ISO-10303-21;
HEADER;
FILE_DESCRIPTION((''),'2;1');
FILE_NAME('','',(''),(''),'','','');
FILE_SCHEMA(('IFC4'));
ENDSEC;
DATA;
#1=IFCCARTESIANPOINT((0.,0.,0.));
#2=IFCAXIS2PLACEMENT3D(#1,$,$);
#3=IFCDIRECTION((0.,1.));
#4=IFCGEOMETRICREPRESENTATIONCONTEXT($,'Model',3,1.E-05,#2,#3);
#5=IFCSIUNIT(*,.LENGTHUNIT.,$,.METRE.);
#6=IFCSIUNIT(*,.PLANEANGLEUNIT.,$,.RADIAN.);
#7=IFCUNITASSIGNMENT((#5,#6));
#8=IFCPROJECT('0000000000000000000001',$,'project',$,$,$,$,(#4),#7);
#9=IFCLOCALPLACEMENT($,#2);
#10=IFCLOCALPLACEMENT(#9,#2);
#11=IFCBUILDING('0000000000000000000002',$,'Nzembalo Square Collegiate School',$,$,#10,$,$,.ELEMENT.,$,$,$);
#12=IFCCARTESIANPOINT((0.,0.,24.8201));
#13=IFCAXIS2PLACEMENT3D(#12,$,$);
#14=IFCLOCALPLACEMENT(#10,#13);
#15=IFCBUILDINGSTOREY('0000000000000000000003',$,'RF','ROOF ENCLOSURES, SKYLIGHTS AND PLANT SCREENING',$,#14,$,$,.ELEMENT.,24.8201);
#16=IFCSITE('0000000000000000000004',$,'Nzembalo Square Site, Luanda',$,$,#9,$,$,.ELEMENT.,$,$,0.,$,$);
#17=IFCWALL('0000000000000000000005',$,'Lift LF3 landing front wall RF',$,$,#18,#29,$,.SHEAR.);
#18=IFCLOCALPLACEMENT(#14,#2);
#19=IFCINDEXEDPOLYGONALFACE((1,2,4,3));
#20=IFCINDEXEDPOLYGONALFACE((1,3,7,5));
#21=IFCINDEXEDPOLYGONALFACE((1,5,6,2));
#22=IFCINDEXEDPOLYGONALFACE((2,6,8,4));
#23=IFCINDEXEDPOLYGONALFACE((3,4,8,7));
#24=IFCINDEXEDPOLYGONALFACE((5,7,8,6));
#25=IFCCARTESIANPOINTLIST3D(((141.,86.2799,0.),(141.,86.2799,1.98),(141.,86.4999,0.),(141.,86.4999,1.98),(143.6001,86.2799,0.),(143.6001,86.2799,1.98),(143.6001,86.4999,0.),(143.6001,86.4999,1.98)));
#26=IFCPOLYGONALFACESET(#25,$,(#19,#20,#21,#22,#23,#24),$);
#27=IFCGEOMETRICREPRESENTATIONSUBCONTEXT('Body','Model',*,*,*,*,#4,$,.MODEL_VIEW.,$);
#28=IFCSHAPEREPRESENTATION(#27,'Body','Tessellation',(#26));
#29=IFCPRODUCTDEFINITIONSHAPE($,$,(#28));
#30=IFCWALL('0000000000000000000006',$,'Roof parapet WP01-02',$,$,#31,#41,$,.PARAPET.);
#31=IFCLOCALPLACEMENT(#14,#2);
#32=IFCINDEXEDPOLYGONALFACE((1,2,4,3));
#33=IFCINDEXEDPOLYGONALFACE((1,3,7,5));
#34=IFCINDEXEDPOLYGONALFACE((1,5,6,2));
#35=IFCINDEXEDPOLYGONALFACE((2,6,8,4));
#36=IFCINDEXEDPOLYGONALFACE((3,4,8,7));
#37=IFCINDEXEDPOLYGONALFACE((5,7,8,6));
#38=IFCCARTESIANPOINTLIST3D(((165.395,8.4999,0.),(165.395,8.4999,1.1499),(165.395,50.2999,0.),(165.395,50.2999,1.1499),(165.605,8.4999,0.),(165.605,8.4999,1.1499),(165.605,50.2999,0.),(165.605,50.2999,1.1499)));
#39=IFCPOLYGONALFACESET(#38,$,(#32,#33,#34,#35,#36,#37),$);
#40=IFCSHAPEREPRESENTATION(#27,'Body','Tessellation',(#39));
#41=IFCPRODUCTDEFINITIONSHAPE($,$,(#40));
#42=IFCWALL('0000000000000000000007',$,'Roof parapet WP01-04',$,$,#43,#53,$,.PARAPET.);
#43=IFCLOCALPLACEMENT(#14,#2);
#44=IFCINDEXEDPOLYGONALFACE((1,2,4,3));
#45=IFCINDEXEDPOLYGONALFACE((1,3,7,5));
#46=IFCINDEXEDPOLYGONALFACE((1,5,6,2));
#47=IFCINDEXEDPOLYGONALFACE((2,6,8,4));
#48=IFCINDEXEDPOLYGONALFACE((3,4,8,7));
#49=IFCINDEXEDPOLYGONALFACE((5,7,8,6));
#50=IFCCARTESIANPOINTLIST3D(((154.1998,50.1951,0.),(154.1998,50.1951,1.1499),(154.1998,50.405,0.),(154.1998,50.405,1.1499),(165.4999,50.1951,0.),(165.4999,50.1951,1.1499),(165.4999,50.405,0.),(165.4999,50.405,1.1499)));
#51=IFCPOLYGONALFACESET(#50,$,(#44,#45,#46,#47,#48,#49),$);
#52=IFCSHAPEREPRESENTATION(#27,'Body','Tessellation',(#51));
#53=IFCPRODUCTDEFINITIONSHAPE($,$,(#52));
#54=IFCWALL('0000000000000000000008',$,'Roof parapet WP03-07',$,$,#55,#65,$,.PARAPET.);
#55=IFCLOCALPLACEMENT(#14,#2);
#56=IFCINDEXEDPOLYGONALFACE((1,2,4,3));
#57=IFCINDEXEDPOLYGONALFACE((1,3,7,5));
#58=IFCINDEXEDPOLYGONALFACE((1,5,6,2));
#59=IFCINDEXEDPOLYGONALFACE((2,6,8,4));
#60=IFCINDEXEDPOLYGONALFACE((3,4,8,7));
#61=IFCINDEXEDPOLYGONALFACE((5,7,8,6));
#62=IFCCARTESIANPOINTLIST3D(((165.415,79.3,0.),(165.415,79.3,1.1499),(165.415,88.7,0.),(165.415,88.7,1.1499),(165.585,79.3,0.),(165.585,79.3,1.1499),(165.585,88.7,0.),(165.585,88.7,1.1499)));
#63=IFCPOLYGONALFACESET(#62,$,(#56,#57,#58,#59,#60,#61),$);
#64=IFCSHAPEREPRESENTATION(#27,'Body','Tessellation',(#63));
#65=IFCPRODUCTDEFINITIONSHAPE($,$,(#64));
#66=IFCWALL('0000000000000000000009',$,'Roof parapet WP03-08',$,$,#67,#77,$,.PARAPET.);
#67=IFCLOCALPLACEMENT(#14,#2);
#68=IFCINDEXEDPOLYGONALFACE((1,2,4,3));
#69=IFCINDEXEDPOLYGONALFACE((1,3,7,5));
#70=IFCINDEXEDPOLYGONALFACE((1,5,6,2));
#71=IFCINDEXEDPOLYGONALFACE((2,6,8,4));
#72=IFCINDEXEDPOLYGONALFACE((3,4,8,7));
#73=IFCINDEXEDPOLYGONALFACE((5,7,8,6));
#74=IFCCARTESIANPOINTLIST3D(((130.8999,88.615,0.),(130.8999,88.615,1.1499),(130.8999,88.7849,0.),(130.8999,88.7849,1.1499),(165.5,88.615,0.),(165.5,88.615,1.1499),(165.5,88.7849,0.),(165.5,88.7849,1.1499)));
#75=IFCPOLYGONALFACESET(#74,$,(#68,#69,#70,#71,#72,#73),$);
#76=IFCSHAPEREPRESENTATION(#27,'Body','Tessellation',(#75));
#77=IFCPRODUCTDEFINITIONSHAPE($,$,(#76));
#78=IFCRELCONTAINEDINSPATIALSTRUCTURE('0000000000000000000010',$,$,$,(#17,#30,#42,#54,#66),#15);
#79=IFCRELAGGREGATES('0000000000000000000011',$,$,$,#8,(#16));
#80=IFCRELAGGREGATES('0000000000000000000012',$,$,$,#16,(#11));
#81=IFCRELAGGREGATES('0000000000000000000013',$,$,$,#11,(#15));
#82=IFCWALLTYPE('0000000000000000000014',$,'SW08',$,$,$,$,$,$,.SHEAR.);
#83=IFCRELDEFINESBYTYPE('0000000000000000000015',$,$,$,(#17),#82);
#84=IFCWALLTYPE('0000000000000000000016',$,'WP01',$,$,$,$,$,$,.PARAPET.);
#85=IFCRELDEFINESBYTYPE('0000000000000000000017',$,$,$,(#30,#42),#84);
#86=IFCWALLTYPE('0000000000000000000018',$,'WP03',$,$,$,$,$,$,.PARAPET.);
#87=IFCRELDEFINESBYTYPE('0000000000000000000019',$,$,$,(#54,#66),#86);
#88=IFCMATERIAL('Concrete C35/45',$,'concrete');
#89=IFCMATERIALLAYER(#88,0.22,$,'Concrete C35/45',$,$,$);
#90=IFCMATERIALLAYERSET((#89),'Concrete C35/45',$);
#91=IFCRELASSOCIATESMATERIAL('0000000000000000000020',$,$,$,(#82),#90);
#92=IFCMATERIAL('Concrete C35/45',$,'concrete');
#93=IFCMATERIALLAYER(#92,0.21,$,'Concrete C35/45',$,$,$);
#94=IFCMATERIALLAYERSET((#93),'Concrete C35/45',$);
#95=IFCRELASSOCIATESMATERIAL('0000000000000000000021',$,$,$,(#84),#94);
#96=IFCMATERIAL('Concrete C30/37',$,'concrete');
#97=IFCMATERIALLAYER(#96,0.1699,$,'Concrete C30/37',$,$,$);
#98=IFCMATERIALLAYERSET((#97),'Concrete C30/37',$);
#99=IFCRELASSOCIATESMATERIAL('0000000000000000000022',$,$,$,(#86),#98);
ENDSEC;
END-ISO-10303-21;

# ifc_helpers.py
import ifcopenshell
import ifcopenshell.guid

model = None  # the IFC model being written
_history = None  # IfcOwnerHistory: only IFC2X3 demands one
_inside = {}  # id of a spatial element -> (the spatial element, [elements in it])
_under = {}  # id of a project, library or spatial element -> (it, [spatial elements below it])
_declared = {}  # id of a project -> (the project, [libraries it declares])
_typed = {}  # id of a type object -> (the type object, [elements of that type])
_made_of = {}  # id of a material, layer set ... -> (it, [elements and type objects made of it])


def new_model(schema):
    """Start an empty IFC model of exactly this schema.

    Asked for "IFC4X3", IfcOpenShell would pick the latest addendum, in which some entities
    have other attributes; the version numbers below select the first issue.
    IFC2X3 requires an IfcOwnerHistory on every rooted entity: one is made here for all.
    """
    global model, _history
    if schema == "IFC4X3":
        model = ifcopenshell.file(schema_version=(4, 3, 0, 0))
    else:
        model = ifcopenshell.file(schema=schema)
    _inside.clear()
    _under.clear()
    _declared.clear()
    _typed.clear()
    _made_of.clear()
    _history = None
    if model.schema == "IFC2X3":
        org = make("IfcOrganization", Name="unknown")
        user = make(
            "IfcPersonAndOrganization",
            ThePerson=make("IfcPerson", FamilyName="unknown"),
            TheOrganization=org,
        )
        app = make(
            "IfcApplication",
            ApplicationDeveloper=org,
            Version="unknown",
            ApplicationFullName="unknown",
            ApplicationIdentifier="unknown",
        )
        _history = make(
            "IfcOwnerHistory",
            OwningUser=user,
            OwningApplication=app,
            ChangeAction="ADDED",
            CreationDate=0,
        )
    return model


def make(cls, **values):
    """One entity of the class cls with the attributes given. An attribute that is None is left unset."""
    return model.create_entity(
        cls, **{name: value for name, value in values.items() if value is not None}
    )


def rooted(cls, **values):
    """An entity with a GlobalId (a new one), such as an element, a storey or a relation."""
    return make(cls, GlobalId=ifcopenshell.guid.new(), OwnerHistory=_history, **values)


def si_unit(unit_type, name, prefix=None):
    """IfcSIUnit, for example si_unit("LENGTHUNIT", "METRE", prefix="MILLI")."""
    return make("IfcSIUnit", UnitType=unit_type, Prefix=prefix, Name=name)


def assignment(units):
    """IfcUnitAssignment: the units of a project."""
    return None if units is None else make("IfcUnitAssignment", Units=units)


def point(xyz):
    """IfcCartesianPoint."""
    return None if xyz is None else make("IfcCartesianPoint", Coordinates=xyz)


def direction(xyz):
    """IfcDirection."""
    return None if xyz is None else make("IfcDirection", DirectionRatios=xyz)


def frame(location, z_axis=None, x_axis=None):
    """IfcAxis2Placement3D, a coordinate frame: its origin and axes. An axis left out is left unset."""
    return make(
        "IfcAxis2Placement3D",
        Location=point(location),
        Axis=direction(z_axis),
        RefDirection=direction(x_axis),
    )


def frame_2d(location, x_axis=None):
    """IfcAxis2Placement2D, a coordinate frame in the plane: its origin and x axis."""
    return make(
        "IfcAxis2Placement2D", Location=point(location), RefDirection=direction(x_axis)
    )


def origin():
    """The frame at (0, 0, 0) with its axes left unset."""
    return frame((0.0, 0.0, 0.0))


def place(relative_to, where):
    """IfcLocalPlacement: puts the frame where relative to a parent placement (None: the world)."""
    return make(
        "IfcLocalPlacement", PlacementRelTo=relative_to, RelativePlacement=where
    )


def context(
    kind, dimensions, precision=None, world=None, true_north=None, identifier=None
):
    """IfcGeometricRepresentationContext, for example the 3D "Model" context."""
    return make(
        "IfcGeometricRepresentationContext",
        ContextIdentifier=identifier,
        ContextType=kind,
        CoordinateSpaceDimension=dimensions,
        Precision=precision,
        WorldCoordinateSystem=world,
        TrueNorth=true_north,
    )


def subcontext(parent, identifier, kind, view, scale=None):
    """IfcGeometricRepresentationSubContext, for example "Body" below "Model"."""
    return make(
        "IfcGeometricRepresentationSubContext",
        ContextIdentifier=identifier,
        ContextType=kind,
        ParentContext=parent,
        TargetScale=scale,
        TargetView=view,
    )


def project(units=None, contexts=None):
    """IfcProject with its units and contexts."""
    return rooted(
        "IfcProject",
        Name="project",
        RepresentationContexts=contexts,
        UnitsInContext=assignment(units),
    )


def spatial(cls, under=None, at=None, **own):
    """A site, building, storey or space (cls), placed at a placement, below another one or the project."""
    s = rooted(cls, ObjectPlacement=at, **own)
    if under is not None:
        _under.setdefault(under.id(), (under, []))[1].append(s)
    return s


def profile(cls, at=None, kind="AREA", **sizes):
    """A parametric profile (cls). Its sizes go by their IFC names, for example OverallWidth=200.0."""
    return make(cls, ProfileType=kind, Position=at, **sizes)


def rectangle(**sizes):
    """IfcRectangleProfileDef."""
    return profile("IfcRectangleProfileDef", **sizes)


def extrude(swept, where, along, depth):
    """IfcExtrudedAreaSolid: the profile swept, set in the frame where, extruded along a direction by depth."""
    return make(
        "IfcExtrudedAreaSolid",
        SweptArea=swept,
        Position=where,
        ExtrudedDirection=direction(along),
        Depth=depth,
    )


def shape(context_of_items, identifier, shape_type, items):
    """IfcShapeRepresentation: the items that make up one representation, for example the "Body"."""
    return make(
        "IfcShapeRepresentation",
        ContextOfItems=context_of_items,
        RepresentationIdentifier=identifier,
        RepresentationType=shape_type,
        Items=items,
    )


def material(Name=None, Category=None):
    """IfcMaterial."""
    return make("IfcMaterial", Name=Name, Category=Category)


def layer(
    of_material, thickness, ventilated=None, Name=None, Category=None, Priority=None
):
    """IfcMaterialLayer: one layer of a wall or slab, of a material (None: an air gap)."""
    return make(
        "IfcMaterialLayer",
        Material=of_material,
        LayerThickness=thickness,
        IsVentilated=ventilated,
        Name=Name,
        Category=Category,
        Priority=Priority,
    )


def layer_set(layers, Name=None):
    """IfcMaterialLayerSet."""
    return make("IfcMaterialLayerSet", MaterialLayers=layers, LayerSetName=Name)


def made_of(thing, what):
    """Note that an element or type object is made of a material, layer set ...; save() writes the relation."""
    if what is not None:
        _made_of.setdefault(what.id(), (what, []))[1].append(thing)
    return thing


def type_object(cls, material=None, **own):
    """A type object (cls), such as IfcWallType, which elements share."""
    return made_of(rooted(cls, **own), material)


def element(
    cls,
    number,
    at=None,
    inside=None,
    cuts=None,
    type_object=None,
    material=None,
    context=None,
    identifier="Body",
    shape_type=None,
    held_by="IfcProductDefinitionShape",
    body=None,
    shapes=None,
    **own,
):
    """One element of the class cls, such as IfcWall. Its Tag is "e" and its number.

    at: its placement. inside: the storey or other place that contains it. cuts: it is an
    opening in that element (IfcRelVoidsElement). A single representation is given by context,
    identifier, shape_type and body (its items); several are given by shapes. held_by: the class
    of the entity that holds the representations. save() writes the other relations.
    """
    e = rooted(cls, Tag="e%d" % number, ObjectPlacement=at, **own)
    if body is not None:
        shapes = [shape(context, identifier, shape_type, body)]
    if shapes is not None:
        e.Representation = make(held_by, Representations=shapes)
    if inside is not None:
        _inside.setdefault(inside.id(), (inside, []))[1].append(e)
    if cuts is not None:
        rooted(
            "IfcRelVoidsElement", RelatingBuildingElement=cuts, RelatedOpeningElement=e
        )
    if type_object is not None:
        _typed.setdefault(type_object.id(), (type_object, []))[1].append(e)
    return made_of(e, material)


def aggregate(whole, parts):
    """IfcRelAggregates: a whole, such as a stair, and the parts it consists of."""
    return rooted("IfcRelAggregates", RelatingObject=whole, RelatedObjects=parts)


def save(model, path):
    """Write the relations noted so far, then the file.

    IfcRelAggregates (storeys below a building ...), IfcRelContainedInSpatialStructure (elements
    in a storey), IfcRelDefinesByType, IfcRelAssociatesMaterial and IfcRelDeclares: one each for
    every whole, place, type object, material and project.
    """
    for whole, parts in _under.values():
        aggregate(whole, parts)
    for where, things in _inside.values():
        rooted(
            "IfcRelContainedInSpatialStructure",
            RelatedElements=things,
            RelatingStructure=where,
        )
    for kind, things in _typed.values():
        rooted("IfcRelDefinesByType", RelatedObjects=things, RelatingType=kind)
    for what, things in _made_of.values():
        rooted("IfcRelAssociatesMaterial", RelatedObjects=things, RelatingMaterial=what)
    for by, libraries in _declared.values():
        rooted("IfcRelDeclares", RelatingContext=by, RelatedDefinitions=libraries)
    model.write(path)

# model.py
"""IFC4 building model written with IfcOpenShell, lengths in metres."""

from ifc_helpers import new_model, si_unit, direction, frame, frame_2d, origin, place, context, subcontext, project, spatial, rectangle, extrude, material, layer, layer_set, type_object, element, save


model = new_model("IFC4")

# Units and contexts
model_context = context("Model", 3, precision=1e-05, world=origin(), true_north=direction((0.0, 1.0)))
body_context = subcontext(model_context, "Body", "Model", "MODEL_VIEW")
ifc_project = project(units=[si_unit("LENGTHUNIT", "METRE"), si_unit("PLANEANGLEUNIT", "RADIAN")], contexts=[model_context])

# Site, building, storey
site_placement = place(None, origin())
site = spatial("IfcSite", under=ifc_project, at=site_placement, Name="Nzembalo Square Site, Luanda", CompositionType="ELEMENT", RefElevation=0.0)
building_placement = place(site_placement, origin())
building = spatial("IfcBuilding", under=site, at=building_placement, Name="Nzembalo Square Collegiate School", CompositionType="ELEMENT")
storey_placement = place(building_placement, frame((0.0, 0.0, 24.8201)))
storey = spatial("IfcBuildingStorey", under=building, at=storey_placement, Name="RF", Description="ROOF ENCLOSURES, SKYLIGHTS AND PLANT SCREENING", CompositionType="ELEMENT", Elevation=24.8201)

# Walls
ifc_material_1 = material(Name="Concrete C35/45", Category="concrete")
ifc_layer_1 = layer(ifc_material_1, 0.22, Name="Concrete C35/45")
ifc_layer_set_1 = layer_set([ifc_layer_1], Name="Concrete C35/45")
wall_type_1 = type_object("IfcWallType", Name="SW08", PredefinedType="SHEAR", material=ifc_layer_set_1)
wall_1_placement = place(storey_placement, frame((141.0, 86.3899, 0.0), z_axis=(0.0, 0.0, 1.0), x_axis=(1.0, 0.0, 0.0)))
element("IfcWall", 1, at=wall_1_placement, inside=storey, type_object=wall_type_1, Name="Lift LF3 landing front wall RF", PredefinedType="SHEAR", context=body_context, shape_type="SweptSolid", body=[
    extrude(rectangle(XDim=2.6001, YDim=0.22, at=frame_2d((1.3, 0.0))), origin(), (0.0, 0.0, 1.0), 1.98),
])
ifc_material_2 = material(Name="Concrete C35/45", Category="concrete")
ifc_layer_2 = layer(ifc_material_2, 0.21, Name="Concrete C35/45")
ifc_layer_set_2 = layer_set([ifc_layer_2], Name="Concrete C35/45")
wall_type_2 = type_object("IfcWallType", Name="WP01", PredefinedType="PARAPET", material=ifc_layer_set_2)
wall_2_placement = place(storey_placement, frame((165.5, 8.5, 0.0), z_axis=(0.0, 0.0, 1.0), x_axis=(0.0, 1.0, 0.0)))
element("IfcWall", 2, at=wall_2_placement, inside=storey, type_object=wall_type_2, Name="Roof parapet WP01-02", PredefinedType="PARAPET", context=body_context, shape_type="SweptSolid", body=[
    extrude(rectangle(XDim=41.8, YDim=0.21, at=frame_2d((20.8999, 0.0))), origin(), (0.0, 0.0, 1.0), 1.1499),
])
wall_3_placement = place(storey_placement, frame((154.2, 50.3, 0.0), z_axis=(0.0, 0.0, 1.0), x_axis=(1.0, 0.0, 0.0)))
element("IfcWall", 3, at=wall_3_placement, inside=storey, type_object=wall_type_2, Name="Roof parapet WP01-04", PredefinedType="PARAPET", context=body_context, shape_type="SweptSolid", body=[
    extrude(rectangle(XDim=11.3, YDim=0.21, at=frame_2d((5.6499, 0.0))), origin(), (0.0, 0.0, 1.0), 1.1499),
])
ifc_material_3 = material(Name="Concrete C30/37", Category="concrete")
ifc_layer_3 = layer(ifc_material_3, 0.1699, Name="Concrete C30/37")
ifc_layer_set_3 = layer_set([ifc_layer_3], Name="Concrete C30/37")
wall_type_3 = type_object("IfcWallType", Name="WP03", PredefinedType="PARAPET", material=ifc_layer_set_3)
wall_4_placement = place(storey_placement, frame((165.5, 79.3, 0.0), z_axis=(0.0, 0.0, 1.0), x_axis=(0.0, 1.0, 0.0)))
element("IfcWall", 4, at=wall_4_placement, inside=storey, type_object=wall_type_3, Name="Roof parapet WP03-07", PredefinedType="PARAPET", context=body_context, shape_type="SweptSolid", body=[
    extrude(rectangle(XDim=9.3999, YDim=0.1699, at=frame_2d((4.7, 0.0))), origin(), (0.0, 0.0, 1.0), 1.1499),
])
wall_5_placement = place(storey_placement, frame((165.5, 88.7, 0.0), z_axis=(0.0, 0.0, 1.0), x_axis=(-1.0, 0.0, 0.0)))
element("IfcWall", 5, at=wall_5_placement, inside=storey, type_object=wall_type_3, Name="Roof parapet WP03-08", PredefinedType="PARAPET", context=body_context, shape_type="SweptSolid", body=[
    extrude(rectangle(XDim=34.6001, YDim=0.1699, at=frame_2d((17.3, 0.0))), origin(), (0.0, 0.0, 1.0), 1.1499),
])

save(model, "model.ifc")
